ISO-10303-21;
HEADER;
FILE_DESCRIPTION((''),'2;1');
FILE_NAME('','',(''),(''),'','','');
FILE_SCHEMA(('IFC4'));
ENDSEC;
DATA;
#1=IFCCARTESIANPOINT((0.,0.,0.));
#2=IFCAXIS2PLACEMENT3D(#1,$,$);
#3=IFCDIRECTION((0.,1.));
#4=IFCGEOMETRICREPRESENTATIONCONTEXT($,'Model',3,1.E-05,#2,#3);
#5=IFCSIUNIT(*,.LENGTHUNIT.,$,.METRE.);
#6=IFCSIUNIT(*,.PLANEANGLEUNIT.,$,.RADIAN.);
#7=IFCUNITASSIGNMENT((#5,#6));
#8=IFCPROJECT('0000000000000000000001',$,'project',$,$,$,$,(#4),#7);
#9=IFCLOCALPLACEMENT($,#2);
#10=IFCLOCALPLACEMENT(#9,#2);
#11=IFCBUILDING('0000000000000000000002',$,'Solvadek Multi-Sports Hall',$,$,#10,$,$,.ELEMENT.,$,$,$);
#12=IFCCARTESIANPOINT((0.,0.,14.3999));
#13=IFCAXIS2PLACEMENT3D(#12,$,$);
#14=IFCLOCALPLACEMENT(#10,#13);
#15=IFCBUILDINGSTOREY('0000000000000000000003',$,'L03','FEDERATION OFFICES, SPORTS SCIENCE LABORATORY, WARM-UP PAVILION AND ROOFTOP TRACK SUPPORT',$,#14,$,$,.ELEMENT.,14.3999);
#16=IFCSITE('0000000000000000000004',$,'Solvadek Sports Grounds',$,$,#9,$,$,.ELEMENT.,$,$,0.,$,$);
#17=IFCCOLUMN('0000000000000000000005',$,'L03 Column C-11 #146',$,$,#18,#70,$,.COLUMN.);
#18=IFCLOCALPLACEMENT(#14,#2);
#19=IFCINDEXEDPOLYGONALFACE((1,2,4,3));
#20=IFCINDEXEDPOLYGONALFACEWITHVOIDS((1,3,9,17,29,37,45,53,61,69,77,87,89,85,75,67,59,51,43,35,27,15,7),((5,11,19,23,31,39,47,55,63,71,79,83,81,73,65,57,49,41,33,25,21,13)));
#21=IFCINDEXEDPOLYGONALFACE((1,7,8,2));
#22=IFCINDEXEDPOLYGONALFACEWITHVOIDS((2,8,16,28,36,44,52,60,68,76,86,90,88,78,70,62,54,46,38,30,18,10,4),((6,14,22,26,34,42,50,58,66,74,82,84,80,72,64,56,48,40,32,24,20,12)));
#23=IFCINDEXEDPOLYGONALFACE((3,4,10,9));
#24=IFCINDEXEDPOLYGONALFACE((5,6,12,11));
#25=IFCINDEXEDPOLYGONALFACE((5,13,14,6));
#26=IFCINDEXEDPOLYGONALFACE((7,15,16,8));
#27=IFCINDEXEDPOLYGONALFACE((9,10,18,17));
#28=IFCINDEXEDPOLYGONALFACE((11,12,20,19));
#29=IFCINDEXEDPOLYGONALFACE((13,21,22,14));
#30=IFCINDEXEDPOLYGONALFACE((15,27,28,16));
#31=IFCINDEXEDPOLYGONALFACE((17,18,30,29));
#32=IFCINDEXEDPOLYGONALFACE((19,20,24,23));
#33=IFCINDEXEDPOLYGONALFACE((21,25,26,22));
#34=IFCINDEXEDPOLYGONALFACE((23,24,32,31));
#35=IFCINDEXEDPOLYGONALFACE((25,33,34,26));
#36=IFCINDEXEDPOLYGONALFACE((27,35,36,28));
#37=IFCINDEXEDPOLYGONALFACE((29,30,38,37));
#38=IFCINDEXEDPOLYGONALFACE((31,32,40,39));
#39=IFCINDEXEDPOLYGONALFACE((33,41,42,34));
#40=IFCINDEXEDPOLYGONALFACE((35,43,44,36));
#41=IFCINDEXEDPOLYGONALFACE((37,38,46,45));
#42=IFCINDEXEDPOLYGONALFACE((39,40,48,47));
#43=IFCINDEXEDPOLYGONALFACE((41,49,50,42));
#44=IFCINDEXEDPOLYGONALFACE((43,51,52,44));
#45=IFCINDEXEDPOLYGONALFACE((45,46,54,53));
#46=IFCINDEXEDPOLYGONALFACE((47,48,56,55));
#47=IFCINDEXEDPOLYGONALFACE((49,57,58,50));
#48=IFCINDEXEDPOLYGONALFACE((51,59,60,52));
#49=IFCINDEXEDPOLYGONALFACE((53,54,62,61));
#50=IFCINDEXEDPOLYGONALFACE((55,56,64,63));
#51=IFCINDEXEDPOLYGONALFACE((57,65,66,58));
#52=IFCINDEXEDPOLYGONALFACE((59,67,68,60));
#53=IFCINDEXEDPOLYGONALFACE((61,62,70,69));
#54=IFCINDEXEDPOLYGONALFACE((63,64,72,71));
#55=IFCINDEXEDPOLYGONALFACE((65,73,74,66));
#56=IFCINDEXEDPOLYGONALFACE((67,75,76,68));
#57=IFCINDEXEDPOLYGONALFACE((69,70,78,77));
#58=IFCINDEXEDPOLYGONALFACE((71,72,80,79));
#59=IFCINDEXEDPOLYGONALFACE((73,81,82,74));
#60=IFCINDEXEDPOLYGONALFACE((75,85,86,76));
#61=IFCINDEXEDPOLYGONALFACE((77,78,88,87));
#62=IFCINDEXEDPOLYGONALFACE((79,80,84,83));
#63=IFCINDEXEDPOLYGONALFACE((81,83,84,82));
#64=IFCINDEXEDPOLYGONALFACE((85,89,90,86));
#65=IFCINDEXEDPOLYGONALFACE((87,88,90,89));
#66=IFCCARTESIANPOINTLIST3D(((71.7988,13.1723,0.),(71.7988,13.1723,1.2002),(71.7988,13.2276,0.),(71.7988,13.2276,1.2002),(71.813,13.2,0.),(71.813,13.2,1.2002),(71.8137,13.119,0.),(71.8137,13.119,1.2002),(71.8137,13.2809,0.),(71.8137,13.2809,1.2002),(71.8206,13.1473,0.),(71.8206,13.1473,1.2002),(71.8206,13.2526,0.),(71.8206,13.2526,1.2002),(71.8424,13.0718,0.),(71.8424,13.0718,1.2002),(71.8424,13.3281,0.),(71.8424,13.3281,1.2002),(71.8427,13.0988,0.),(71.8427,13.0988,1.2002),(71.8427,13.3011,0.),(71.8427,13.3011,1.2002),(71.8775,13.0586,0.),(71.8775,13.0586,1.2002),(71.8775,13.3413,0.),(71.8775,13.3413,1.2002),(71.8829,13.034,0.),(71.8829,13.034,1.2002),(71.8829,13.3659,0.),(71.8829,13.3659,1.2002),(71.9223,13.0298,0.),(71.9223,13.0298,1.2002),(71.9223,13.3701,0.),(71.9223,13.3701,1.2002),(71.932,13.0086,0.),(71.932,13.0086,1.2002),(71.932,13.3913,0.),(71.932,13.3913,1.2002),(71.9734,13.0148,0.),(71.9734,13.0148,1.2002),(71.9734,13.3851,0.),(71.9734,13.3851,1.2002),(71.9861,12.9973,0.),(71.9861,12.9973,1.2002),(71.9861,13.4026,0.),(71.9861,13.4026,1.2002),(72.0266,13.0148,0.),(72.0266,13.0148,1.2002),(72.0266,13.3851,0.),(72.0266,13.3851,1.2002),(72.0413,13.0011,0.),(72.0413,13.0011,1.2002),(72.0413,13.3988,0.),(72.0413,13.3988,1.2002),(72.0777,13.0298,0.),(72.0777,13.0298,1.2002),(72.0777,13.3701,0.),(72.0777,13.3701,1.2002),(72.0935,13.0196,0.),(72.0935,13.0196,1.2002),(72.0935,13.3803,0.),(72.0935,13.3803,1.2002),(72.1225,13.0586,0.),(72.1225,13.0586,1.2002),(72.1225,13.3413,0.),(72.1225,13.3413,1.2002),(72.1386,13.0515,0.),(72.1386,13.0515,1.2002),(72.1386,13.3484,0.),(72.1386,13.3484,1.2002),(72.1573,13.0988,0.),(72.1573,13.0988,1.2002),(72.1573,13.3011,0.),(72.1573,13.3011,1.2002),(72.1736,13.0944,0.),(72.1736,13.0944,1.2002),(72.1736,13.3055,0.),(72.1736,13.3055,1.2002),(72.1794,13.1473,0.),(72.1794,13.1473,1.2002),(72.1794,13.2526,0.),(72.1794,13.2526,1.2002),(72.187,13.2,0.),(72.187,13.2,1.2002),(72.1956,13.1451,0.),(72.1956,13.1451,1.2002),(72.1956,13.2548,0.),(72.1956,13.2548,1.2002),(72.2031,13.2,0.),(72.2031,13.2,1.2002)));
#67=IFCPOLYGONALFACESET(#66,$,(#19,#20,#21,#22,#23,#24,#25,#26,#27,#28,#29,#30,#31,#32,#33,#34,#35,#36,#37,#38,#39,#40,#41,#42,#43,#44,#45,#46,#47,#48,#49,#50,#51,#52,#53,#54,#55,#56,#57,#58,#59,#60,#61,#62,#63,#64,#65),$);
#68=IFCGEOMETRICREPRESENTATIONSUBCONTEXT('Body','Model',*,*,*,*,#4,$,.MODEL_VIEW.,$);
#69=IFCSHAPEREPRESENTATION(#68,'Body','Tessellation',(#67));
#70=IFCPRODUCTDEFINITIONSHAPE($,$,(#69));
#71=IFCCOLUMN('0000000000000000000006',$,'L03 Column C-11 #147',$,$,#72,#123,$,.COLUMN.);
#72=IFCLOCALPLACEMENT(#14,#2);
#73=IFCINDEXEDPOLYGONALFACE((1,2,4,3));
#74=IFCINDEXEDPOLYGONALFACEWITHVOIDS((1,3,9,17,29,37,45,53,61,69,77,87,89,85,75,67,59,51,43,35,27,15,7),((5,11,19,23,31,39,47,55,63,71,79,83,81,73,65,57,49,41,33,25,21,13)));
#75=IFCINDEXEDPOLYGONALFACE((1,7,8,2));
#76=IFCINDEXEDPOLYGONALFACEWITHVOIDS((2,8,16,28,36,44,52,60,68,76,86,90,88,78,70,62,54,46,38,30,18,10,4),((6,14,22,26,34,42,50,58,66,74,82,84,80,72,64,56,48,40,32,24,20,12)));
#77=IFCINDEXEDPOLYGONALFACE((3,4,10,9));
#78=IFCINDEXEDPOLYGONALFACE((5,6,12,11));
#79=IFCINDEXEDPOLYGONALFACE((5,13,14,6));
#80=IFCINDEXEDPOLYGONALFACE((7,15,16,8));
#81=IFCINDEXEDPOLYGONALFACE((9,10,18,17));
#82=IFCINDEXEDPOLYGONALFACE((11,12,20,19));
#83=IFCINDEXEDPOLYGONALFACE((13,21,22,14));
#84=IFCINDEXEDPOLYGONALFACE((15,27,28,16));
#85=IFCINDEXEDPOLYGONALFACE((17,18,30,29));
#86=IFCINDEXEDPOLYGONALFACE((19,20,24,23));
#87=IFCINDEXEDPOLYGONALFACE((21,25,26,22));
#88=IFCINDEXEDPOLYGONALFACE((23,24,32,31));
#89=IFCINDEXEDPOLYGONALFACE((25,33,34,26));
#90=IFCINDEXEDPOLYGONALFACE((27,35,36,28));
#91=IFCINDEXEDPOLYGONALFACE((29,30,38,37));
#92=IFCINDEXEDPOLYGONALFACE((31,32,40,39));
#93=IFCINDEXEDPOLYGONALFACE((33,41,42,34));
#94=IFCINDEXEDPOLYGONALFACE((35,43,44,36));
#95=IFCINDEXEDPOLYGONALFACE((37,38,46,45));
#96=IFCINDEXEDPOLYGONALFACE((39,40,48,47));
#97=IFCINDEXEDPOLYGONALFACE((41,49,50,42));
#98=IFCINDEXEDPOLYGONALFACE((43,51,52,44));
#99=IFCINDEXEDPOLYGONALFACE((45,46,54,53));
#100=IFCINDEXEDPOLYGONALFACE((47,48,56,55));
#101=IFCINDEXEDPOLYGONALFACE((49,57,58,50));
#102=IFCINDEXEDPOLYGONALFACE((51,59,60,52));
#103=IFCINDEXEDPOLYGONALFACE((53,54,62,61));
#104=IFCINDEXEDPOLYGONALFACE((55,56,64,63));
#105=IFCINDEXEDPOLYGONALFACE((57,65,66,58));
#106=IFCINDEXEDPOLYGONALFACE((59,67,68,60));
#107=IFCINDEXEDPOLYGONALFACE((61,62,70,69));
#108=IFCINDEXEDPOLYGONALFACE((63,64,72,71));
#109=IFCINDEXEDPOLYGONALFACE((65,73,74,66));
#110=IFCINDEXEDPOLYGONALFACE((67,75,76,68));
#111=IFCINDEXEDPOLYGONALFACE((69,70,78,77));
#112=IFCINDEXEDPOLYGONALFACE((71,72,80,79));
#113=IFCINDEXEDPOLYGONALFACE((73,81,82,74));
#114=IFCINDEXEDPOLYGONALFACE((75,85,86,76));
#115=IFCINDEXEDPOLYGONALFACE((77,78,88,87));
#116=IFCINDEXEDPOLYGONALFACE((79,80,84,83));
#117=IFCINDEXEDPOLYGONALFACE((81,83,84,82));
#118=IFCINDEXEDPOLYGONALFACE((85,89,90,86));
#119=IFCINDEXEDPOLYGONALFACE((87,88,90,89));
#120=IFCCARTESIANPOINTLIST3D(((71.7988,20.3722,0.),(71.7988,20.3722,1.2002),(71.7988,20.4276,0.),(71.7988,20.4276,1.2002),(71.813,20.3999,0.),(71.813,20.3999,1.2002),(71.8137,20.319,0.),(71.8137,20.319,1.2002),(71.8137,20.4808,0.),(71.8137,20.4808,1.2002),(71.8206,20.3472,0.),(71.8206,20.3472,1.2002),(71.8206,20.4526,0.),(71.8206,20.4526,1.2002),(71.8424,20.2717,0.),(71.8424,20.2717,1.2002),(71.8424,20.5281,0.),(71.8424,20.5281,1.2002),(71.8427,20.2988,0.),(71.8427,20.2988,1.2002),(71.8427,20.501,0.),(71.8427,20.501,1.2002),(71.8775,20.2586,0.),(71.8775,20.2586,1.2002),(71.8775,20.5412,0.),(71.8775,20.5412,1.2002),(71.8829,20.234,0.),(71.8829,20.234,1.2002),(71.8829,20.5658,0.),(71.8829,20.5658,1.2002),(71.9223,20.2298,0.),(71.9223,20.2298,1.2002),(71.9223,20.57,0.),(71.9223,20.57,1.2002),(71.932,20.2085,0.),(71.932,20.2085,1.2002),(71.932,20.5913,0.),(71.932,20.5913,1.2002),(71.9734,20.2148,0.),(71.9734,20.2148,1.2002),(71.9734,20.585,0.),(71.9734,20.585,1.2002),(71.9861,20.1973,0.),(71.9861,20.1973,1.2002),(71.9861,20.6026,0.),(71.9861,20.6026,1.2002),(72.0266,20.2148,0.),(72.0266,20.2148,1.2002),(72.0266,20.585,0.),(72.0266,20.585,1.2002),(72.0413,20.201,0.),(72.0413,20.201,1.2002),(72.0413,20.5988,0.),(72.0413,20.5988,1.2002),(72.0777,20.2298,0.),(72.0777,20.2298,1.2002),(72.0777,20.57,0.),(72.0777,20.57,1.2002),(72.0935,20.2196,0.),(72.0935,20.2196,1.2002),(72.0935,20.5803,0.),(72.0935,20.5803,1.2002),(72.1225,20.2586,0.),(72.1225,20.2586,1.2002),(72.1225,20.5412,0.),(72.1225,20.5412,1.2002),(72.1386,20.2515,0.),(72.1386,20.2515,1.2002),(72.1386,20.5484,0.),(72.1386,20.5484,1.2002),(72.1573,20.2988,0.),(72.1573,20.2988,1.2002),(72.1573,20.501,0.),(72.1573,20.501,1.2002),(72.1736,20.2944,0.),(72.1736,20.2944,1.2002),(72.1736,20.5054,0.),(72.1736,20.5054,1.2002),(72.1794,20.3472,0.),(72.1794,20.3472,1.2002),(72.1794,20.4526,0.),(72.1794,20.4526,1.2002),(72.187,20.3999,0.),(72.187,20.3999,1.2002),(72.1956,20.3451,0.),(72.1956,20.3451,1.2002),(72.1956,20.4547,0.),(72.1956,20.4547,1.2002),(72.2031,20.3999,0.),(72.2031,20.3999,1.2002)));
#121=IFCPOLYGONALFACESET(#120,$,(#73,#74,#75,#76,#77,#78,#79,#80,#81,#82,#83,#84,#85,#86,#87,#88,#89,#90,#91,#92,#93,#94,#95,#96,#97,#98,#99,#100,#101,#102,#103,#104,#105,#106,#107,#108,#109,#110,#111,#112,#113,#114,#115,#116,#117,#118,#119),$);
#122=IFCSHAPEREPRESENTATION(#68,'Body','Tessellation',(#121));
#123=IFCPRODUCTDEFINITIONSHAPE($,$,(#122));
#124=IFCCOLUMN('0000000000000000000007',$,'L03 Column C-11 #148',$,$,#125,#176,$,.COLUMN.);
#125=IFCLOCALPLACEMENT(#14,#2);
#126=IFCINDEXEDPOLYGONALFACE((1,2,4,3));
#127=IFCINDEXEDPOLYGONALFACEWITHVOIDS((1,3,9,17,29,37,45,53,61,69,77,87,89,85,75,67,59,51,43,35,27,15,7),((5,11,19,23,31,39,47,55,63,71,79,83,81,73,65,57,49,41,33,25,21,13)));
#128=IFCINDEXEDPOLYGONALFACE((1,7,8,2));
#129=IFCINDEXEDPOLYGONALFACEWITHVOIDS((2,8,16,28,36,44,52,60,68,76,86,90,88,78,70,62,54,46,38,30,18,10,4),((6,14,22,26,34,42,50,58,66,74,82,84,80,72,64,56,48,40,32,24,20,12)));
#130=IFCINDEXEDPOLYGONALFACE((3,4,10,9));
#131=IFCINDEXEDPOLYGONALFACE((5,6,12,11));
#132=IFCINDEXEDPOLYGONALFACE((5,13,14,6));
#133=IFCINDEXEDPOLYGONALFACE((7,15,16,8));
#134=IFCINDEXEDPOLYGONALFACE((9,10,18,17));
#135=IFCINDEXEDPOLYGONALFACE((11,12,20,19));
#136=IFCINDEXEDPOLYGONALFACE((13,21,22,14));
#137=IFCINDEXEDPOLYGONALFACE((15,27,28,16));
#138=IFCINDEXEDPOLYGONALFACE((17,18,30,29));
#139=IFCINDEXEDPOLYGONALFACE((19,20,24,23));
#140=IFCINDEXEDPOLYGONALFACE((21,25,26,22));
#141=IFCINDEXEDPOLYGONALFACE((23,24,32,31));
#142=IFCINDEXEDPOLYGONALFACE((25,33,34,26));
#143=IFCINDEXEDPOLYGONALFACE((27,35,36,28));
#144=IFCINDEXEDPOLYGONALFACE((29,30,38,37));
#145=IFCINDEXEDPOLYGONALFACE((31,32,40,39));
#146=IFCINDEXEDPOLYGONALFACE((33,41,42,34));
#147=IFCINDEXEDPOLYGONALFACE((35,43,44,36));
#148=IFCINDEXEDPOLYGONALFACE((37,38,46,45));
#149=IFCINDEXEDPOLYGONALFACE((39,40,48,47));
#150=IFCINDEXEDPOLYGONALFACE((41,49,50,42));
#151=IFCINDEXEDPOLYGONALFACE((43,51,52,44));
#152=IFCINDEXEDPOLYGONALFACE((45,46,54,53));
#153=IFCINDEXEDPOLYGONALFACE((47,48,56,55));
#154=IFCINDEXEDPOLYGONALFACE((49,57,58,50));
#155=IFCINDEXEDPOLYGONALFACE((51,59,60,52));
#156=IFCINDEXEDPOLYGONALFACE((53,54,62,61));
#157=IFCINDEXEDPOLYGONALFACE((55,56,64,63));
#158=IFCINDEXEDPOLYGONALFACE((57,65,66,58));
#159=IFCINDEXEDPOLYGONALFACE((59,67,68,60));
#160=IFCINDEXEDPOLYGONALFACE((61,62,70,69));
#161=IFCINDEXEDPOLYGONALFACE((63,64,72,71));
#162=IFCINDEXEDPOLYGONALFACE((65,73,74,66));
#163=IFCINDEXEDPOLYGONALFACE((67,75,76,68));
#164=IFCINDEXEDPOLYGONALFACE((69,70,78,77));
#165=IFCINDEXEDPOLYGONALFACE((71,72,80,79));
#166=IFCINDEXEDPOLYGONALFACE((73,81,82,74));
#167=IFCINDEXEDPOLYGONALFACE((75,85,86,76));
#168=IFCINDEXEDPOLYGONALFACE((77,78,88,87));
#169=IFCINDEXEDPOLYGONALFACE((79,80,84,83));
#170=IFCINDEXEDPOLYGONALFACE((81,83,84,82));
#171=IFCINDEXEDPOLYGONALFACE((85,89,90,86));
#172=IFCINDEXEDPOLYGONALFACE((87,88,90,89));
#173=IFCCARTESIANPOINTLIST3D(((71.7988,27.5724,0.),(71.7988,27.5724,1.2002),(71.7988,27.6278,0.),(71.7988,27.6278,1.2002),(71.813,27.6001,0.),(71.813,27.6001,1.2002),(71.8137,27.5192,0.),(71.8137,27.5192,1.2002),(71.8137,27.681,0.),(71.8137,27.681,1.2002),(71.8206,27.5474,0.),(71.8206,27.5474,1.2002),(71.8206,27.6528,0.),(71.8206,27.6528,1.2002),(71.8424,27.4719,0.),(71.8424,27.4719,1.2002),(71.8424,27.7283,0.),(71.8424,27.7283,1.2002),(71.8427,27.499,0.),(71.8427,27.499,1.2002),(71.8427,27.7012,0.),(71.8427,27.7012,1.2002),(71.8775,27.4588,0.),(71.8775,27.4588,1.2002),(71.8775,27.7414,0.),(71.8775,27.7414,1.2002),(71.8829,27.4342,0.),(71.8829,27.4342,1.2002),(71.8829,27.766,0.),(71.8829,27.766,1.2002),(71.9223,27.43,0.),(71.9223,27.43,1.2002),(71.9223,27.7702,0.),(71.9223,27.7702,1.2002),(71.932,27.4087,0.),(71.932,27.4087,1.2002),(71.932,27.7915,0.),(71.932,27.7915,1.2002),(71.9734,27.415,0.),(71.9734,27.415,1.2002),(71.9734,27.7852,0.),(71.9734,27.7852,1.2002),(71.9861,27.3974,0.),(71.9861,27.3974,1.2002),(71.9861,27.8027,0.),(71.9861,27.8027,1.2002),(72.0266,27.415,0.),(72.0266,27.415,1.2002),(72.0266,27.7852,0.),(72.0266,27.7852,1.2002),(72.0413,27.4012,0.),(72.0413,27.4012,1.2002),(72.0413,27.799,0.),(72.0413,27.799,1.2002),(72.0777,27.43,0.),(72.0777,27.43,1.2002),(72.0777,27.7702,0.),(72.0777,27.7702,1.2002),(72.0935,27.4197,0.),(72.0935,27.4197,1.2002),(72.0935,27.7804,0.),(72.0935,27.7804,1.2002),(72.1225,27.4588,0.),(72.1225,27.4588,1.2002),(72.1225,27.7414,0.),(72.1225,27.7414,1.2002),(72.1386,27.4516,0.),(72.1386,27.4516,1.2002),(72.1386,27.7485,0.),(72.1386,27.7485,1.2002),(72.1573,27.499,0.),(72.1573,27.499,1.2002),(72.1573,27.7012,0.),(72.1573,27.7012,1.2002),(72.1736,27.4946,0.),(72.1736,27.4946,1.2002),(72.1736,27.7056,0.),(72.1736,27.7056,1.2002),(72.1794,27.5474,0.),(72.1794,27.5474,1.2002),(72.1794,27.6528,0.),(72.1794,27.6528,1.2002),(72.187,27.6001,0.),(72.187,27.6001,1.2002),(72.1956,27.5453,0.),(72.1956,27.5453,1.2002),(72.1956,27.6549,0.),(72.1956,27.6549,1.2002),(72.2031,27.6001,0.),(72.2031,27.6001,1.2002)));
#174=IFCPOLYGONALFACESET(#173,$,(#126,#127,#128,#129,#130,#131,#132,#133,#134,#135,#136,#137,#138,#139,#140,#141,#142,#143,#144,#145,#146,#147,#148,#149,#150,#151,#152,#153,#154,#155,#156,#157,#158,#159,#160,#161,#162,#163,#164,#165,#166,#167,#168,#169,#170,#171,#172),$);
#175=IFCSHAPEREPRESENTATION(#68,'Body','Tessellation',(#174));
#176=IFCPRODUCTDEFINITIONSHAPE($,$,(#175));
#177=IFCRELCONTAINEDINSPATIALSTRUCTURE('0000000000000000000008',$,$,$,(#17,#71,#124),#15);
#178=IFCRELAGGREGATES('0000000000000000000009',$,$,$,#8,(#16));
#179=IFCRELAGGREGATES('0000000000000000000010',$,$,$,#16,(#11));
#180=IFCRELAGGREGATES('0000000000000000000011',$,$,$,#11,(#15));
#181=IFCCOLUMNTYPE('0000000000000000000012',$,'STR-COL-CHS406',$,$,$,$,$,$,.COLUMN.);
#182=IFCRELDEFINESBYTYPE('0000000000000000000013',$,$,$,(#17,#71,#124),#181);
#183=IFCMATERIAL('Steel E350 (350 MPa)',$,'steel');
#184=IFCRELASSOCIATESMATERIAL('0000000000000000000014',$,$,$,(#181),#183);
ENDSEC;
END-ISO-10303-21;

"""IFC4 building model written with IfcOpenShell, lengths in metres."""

from ifc_helpers import new_model, si_unit, direction, frame, origin, origin_2d, place, context, subcontext, project, spatial, hollow_circle, extrude, material, material_profile, profile_set, type_object, element, save


model = new_model("IFC4")

# Units and contexts
model_context = context("Model", 3, precision=1e-05, world=origin(), true_north=direction((0.0, 1.0)))
body_context = subcontext(model_context, "Body", "Model", "MODEL_VIEW")
ifc_project = project(units=[si_unit("LENGTHUNIT", "METRE"), si_unit("PLANEANGLEUNIT", "RADIAN")], contexts=[model_context])

# Site, building, storey
site_placement = place(None, origin())
site = spatial("IfcSite", under=ifc_project, at=site_placement, Name="Solvadek Sports Grounds", CompositionType="ELEMENT", RefElevation=0.0)
building_placement = place(site_placement, origin())
building = spatial("IfcBuilding", under=site, at=building_placement, Name="Solvadek Multi-Sports Hall", CompositionType="ELEMENT")
storey_placement = place(building_placement, frame((0.0, 0.0, 14.3999)))
storey = spatial("IfcBuildingStorey", under=building, at=storey_placement, Name="L03", Description="FEDERATION OFFICES, SPORTS SCIENCE LABORATORY, WARM-UP PAVILION AND ROOFTOP TRACK SUPPORT", CompositionType="ELEMENT", Elevation=14.3999)

# Columns
ifc_material_1 = material(Name="Steel E350 (350 MPa)", Category="steel")
ifc_material_profile_1 = material_profile(ifc_material_1, hollow_circle(Radius=0.2031, WallThickness=0.0161, at=origin_2d()), Name="CHS 406.4x16")
ifc_profile_set_1 = profile_set([ifc_material_profile_1], Name="Steel E350 (350 MPa)")
column_type_1 = type_object("IfcColumnType", Name="STR-COL-CHS406", PredefinedType="COLUMN", material=ifc_profile_set_1)
for number, where, z_axis, x_axis, name in (
    (1, (72.0, 13.2, 0.0), (0.0, 0.0, 1.0), (1.0, 0.0, 0.0), "L03 Column C-11 #146"),
    (2, (72.0, 20.3999, 0.0), (0.0, 0.0, 1.0), (1.0, 0.0, 0.0), "L03 Column C-11 #147"),
    (3, (72.0, 27.6001, 0.0), (0.0, 0.0, 1.0), (1.0, 0.0, 0.0), "L03 Column C-11 #148"),
):
    element("IfcColumn", number, at=place(storey_placement, frame(where, z_axis=z_axis, x_axis=x_axis)), inside=storey, type_object=column_type_1, Name=name, PredefinedType="COLUMN", context=body_context, shape_type="SweptSolid", body=[
        extrude(hollow_circle(Radius=0.2031, WallThickness=0.0161, at=origin_2d()), origin(), (0.0, 0.0, 1.0), 1.2002),
    ])

save(model, "model.ifc")
